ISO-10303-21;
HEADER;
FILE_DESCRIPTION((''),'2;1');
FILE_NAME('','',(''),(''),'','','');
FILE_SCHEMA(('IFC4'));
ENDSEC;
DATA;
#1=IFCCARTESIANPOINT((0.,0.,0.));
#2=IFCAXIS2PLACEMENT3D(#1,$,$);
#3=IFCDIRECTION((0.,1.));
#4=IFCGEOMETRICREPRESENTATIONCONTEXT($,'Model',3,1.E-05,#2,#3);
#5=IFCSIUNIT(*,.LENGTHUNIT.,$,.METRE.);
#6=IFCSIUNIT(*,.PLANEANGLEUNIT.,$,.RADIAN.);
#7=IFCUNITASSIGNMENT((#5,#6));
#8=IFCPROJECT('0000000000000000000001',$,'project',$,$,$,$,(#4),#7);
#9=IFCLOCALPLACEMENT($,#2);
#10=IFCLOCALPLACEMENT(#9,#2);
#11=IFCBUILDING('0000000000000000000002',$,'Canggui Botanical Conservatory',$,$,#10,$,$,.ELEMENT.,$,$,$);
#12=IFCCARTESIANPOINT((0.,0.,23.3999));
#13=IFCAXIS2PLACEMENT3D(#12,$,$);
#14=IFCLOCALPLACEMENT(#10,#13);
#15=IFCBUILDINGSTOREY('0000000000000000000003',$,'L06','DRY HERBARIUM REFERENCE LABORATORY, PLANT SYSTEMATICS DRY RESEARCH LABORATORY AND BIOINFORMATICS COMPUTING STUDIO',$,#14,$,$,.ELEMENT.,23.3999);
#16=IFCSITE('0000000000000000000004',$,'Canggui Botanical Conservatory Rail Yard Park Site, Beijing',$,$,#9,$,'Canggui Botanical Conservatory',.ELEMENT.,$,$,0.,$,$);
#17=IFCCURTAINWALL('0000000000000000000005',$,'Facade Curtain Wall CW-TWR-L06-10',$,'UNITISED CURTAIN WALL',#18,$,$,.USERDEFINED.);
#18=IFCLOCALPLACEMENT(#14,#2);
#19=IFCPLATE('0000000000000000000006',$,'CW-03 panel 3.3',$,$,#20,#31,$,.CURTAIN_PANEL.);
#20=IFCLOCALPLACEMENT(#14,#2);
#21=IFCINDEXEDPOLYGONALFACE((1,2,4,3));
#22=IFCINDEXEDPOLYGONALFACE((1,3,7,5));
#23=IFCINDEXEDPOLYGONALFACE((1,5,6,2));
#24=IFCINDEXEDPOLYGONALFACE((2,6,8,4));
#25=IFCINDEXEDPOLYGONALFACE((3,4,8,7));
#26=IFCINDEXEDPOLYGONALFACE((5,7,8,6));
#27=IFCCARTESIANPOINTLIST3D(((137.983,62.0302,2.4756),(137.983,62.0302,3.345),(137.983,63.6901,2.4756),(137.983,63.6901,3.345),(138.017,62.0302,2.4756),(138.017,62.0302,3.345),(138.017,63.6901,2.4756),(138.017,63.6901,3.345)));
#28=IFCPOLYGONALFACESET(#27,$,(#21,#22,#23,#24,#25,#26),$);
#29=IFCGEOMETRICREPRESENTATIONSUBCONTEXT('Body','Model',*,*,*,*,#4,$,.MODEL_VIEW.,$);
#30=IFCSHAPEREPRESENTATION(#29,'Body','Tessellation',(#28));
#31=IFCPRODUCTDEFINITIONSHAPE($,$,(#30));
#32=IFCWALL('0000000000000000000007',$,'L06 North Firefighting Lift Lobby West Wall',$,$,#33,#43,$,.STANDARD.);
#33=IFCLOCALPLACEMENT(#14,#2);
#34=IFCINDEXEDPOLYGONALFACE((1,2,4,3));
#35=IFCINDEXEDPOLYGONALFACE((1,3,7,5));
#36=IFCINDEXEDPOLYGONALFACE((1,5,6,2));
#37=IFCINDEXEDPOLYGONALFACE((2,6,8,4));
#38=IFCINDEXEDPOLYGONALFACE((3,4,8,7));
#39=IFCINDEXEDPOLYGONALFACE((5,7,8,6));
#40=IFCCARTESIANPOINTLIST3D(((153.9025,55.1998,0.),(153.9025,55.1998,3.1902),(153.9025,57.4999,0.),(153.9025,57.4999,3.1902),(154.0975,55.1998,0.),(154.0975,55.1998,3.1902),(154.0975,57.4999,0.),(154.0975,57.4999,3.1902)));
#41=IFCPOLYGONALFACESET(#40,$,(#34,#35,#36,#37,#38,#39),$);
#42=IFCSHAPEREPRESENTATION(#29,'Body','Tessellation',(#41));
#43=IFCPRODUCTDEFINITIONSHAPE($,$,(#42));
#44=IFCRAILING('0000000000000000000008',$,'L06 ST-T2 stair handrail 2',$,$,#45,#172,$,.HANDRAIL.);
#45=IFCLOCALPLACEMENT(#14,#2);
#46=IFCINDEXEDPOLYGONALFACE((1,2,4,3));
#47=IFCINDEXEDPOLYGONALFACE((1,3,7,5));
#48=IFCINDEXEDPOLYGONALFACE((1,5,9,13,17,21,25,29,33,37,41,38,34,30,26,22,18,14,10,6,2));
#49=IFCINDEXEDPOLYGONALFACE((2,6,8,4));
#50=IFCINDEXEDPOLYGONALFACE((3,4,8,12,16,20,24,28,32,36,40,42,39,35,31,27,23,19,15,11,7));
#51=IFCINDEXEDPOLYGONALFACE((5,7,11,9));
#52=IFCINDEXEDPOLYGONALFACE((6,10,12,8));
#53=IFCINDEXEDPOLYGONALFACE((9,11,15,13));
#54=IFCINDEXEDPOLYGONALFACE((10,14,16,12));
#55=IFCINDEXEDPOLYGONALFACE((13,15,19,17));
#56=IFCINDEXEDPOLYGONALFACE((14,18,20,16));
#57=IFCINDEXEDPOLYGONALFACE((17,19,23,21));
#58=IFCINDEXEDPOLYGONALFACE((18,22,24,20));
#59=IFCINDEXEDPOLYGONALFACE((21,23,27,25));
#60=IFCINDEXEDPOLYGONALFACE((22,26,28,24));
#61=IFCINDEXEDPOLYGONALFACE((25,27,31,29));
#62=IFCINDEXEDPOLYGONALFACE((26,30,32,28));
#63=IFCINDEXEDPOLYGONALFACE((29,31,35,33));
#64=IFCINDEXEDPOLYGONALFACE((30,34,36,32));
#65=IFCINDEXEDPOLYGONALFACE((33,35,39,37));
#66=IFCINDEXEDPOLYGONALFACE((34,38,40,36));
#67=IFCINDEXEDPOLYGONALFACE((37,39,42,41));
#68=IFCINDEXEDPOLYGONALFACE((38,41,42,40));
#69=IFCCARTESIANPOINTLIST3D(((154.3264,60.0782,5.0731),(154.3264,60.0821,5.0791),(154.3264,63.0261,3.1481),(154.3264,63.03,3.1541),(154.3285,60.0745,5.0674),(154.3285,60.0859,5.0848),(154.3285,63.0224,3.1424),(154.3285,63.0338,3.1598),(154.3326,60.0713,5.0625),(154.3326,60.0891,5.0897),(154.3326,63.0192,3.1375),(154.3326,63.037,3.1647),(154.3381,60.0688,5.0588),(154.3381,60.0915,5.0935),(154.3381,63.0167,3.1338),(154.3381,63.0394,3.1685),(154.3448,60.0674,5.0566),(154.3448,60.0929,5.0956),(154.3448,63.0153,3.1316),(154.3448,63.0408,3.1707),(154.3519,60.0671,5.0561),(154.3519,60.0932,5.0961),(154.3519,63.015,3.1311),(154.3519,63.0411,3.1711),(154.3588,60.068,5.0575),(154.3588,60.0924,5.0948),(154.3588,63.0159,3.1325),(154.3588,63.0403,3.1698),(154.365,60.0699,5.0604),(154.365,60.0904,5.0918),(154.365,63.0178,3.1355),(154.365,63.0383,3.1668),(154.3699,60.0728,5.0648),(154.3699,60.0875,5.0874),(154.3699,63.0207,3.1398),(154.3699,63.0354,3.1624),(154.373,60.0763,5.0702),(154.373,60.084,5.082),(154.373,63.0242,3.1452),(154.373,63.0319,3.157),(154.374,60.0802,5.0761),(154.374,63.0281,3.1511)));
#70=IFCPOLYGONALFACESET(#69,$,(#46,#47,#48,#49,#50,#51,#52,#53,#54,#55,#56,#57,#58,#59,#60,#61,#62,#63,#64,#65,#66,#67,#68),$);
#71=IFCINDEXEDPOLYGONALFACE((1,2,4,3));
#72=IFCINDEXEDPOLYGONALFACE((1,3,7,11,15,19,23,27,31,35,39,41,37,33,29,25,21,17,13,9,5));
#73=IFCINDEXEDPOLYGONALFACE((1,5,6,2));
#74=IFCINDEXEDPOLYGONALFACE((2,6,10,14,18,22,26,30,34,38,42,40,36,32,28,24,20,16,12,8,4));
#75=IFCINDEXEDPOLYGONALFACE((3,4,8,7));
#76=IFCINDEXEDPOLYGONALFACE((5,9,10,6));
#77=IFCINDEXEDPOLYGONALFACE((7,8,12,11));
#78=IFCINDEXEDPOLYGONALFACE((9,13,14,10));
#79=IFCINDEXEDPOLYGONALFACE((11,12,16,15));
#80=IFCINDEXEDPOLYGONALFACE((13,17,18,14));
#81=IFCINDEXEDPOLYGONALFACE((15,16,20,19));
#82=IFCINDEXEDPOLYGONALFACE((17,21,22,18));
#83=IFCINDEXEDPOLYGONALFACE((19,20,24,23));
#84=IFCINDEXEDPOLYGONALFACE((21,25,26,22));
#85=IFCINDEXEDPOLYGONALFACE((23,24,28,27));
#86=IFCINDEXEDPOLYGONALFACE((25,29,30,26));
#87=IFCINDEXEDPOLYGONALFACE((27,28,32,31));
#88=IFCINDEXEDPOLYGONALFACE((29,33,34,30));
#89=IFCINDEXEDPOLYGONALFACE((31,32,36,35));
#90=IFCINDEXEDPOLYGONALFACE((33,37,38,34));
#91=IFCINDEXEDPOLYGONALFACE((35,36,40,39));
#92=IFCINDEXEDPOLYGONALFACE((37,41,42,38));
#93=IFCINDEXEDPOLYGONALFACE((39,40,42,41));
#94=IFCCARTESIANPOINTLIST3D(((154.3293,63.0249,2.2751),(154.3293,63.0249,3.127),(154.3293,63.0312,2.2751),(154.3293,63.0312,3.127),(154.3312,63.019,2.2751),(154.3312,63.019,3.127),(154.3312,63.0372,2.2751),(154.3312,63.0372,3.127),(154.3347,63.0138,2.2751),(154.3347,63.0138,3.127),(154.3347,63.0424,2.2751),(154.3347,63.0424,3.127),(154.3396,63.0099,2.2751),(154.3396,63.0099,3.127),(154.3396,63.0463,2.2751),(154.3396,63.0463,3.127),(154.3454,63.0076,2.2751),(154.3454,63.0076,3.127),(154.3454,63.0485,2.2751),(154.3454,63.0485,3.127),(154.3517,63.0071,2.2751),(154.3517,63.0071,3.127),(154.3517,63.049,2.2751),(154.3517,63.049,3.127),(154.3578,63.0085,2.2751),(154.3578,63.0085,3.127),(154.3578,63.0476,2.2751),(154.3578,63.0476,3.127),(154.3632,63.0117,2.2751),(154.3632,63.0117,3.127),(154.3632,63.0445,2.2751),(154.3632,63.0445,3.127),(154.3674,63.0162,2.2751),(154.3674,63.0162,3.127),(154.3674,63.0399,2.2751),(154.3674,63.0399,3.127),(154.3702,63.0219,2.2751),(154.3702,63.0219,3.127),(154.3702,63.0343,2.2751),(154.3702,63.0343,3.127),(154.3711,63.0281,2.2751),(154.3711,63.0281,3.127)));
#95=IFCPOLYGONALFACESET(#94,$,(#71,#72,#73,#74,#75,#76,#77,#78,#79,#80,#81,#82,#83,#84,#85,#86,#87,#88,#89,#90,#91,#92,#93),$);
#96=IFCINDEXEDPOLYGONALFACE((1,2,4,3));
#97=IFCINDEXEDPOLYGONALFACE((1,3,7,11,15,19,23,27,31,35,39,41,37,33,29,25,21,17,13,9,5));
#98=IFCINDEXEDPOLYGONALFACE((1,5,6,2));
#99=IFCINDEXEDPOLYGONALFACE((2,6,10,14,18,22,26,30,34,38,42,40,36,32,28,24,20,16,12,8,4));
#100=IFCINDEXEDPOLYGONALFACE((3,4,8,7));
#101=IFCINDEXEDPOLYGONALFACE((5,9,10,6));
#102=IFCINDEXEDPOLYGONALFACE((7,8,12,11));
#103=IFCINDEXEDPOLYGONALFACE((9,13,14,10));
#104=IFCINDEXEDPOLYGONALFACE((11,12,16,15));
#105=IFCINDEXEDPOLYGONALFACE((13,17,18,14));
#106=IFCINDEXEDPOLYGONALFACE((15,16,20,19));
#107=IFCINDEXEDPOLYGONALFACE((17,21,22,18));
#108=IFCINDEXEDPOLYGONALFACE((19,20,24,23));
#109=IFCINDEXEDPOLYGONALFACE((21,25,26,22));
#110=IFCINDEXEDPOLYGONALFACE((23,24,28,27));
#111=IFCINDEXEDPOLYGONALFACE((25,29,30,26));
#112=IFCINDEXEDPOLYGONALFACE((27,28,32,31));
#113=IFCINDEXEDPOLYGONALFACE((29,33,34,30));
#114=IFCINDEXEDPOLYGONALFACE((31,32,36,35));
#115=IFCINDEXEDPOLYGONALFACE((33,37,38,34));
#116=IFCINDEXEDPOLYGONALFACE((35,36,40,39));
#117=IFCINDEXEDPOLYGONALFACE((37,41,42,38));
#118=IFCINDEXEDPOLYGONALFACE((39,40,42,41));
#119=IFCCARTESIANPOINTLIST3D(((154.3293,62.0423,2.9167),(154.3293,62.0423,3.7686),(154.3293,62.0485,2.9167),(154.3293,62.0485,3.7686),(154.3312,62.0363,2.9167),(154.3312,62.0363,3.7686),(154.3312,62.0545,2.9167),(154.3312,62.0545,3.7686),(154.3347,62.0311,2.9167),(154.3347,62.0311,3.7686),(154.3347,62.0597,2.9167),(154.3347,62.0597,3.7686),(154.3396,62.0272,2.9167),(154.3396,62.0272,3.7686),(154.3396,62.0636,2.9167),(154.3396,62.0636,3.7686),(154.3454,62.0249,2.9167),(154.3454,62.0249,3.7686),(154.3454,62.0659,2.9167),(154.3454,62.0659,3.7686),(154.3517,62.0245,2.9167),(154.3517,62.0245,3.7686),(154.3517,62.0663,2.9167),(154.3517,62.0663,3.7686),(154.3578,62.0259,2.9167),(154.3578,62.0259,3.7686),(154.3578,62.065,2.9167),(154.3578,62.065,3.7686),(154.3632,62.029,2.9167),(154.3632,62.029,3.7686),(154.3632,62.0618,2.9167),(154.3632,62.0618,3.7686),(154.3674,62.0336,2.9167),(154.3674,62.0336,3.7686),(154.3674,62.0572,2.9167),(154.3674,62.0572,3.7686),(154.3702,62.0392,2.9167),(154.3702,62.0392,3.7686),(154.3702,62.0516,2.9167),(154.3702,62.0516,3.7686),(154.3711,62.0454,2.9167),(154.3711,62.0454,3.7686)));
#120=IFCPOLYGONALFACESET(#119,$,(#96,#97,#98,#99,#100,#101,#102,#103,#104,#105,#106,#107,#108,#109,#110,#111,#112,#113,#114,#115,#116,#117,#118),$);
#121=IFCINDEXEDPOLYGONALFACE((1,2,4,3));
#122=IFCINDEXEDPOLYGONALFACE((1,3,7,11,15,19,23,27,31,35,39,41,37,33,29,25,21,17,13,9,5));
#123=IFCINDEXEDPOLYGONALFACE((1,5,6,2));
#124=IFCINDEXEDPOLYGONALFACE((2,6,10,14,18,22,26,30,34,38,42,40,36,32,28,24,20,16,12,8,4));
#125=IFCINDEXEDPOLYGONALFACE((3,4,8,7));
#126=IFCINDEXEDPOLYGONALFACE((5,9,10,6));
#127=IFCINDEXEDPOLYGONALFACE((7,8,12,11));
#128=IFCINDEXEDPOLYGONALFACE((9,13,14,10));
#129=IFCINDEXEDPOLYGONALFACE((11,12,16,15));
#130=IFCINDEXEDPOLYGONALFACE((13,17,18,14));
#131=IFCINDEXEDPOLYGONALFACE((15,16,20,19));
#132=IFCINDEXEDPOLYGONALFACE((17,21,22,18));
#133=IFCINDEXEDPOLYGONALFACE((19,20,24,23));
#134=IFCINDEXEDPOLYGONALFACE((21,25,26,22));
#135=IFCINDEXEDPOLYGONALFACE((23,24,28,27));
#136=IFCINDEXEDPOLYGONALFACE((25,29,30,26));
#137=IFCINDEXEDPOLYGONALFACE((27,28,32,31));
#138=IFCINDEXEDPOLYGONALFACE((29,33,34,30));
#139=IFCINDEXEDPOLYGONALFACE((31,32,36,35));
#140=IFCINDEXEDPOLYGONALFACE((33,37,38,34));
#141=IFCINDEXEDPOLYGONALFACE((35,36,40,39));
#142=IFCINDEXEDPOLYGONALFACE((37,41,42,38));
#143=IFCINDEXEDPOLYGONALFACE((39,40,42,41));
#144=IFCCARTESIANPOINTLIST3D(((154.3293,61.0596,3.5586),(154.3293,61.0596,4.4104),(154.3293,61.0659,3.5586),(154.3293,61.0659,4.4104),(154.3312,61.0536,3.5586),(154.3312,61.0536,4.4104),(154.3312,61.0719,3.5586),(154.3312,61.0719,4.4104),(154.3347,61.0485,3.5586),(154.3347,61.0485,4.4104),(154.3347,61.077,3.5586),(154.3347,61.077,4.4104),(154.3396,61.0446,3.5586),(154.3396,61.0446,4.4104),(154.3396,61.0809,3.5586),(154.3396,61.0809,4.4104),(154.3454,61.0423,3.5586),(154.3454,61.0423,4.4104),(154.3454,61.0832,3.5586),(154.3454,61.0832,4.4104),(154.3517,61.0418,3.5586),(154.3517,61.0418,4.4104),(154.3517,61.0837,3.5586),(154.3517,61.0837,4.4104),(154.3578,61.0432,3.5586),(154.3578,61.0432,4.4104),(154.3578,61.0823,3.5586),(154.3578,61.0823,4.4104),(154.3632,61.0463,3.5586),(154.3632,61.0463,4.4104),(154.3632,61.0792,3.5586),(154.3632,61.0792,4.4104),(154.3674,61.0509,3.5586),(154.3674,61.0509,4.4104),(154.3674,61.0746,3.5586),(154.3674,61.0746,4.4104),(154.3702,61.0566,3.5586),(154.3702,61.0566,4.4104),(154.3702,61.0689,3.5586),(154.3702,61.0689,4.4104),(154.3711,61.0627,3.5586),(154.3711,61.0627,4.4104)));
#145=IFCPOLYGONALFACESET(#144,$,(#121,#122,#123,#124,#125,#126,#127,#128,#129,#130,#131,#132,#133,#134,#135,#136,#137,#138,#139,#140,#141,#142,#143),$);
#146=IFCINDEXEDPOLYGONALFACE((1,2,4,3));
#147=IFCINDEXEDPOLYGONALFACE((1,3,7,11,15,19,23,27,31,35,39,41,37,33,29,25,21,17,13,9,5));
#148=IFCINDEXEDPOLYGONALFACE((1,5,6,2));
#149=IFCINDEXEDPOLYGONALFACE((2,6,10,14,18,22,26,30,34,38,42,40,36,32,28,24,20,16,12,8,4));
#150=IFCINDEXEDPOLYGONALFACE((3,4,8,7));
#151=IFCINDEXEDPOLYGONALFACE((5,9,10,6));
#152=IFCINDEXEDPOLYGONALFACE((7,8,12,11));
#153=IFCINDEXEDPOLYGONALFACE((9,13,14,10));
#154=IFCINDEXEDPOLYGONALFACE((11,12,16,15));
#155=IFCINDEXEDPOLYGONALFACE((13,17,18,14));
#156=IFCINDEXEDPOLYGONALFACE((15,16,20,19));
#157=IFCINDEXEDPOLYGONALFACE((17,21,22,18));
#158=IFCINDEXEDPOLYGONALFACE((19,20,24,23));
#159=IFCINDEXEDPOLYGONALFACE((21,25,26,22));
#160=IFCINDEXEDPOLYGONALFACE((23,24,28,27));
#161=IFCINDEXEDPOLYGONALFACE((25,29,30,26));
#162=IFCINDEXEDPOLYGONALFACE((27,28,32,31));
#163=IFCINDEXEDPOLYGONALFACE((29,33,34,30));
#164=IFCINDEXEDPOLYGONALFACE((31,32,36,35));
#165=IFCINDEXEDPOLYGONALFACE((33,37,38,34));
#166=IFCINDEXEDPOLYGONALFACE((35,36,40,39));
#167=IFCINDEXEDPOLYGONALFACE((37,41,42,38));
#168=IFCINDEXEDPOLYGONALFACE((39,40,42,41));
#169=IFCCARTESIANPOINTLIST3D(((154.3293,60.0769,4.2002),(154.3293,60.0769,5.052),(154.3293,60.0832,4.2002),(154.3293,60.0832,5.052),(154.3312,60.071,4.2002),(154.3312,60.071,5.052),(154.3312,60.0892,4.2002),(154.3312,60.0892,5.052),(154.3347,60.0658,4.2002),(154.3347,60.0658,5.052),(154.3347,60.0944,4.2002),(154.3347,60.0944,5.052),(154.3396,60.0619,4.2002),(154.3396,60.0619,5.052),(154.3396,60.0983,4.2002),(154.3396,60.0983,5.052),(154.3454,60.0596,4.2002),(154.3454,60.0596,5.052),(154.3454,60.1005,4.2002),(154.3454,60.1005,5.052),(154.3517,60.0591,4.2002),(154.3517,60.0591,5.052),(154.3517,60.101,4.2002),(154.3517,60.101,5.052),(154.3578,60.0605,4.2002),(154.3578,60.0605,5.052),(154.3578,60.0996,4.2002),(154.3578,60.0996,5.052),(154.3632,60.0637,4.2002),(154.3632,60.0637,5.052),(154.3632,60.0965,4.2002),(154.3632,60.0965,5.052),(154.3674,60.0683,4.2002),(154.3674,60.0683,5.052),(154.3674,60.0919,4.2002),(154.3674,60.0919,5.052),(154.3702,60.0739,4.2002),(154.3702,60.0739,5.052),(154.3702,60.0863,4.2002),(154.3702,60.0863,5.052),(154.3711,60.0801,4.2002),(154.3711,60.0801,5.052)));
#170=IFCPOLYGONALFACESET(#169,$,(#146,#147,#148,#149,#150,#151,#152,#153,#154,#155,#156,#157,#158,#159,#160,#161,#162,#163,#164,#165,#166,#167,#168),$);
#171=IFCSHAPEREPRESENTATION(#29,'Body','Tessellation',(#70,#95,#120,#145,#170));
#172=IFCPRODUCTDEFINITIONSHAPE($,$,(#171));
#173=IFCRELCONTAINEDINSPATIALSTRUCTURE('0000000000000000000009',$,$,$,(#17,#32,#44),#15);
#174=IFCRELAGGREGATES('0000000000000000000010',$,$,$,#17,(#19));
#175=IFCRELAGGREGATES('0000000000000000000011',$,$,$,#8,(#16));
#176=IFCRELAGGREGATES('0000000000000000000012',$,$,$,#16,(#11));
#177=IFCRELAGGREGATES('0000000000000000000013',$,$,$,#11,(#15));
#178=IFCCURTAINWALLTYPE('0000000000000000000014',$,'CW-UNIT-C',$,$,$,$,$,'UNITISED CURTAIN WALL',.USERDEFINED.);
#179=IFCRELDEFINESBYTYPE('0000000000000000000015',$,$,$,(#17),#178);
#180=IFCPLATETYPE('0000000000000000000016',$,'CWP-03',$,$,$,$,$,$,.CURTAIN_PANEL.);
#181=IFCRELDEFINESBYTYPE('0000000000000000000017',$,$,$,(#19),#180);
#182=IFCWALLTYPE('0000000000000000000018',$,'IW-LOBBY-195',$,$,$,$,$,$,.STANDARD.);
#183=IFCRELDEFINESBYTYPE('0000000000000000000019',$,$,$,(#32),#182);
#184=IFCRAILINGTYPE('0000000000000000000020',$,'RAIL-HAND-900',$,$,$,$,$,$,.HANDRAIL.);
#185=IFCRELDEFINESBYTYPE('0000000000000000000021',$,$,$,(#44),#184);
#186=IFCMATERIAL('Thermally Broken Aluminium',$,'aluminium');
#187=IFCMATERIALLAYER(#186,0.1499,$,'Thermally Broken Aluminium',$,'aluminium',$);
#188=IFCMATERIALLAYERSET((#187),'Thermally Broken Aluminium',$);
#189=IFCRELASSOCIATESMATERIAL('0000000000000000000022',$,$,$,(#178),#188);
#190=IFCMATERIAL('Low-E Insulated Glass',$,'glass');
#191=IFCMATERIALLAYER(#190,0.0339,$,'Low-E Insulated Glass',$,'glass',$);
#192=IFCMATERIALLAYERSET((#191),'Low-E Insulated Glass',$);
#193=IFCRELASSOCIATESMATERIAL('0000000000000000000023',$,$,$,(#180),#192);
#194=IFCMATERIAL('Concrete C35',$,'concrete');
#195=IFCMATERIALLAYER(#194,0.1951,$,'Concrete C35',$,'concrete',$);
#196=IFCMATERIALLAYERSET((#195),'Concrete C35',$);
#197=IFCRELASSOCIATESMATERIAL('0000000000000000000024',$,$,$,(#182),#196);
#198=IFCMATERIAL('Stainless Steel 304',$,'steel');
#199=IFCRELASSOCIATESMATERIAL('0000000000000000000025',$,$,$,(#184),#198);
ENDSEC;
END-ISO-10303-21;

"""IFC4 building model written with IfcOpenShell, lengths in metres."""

from ifc_helpers import new_model, si_unit, direction, frame, frame_2d, origin, origin_2d, place, context, subcontext, project, spatial, rectangle, circle, extrude, material, layer, layer_set, type_object, element, aggregate, save


model = new_model("IFC4")

# Units and contexts
model_context = context("Model", 3, precision=1e-05, world=origin(), true_north=direction((0.0, 1.0)))
body_context = subcontext(model_context, "Body", "Model", "MODEL_VIEW")
ifc_project = project(units=[si_unit("LENGTHUNIT", "METRE"), si_unit("PLANEANGLEUNIT", "RADIAN")], contexts=[model_context])

# Site, building, storey
site_placement = place(None, origin())
site = spatial("IfcSite", under=ifc_project, at=site_placement, Name="Canggui Botanical Conservatory Rail Yard Park Site, Beijing", LongName="Canggui Botanical Conservatory", CompositionType="ELEMENT", RefElevation=0.0)
building_placement = place(site_placement, origin())
building = spatial("IfcBuilding", under=site, at=building_placement, Name="Canggui Botanical Conservatory", CompositionType="ELEMENT")
storey_placement = place(building_placement, frame((0.0, 0.0, 23.3999)))
storey = spatial("IfcBuildingStorey", under=building, at=storey_placement, Name="L06", Description="DRY HERBARIUM REFERENCE LABORATORY, PLANT SYSTEMATICS DRY RESEARCH LABORATORY AND BIOINFORMATICS COMPUTING STUDIO", CompositionType="ELEMENT", Elevation=23.3999)

# Shared definitions
ifc_material_1 = material(Name="Concrete C35", Category="concrete")

# Curtain wall, plate
ifc_material_2 = material(Name="Thermally Broken Aluminium", Category="aluminium")
ifc_layer_1 = layer(ifc_material_2, 0.1499, Name="Thermally Broken Aluminium", Category="aluminium")
ifc_layer_set_1 = layer_set([ifc_layer_1], Name="Thermally Broken Aluminium")
curtain_wall_type = type_object("IfcCurtainWallType", Name="CW-UNIT-C", ElementType="UNITISED CURTAIN WALL", PredefinedType="USERDEFINED", material=ifc_layer_set_1)
curtain_wall_placement = place(storey_placement, origin())
curtain_wall = element("IfcCurtainWall", 1, at=curtain_wall_placement, inside=storey, type_object=curtain_wall_type, Name="Facade Curtain Wall CW-TWR-L06-10", ObjectType="UNITISED CURTAIN WALL", PredefinedType="USERDEFINED")
ifc_material_3 = material(Name="Low-E Insulated Glass", Category="glass")
ifc_layer_2 = layer(ifc_material_3, 0.0339, Name="Low-E Insulated Glass", Category="glass")
ifc_layer_set_2 = layer_set([ifc_layer_2], Name="Low-E Insulated Glass")
plate_type = type_object("IfcPlateType", Name="CWP-03", PredefinedType="CURTAIN_PANEL", material=ifc_layer_set_2)
plate_1_placement = place(storey_placement, frame((138.0, 62.8601, 2.4756), z_axis=(0.0, 0.0, 1.0), x_axis=(0.0, 1.0, 0.0)))
plate_1 = element("IfcPlate", 2, at=plate_1_placement, type_object=plate_type, Name="CW-03 panel 3.3", PredefinedType="CURTAIN_PANEL", context=body_context, shape_type="SweptSolid", body=[
    extrude(rectangle(XDim=1.6599, YDim=0.0339, at=origin_2d()), origin(), (0.0, 0.0, 1.0), 0.8694),
])
aggregate(curtain_wall, [plate_1])

# Wall
ifc_layer_3 = layer(ifc_material_1, 0.1951, Name="Concrete C35", Category="concrete")
ifc_layer_set_3 = layer_set([ifc_layer_3], Name="Concrete C35")
wall_type_1 = type_object("IfcWallType", Name="IW-LOBBY-195", PredefinedType="STANDARD", material=ifc_layer_set_3)
wall_1_placement = place(storey_placement, frame((154.0, 55.2, 0.0), z_axis=(0.0, 0.0, 1.0), x_axis=(0.0, 1.0, 0.0)))
element("IfcWall", 3, at=wall_1_placement, inside=storey, type_object=wall_type_1, Name="L06 North Firefighting Lift Lobby West Wall", PredefinedType="STANDARD", context=body_context, shape_type="SweptSolid", body=[
    extrude(rectangle(XDim=2.3, YDim=0.1951, at=frame_2d((1.1499, 0.0))), origin(), (0.0, 0.0, 1.0), 3.1902),
])

# Shared definitions
ifc_material_4 = material(Name="Stainless Steel 304", Category="steel")

# Railing
railing_type = type_object("IfcRailingType", Name="RAIL-HAND-900", PredefinedType="HANDRAIL", material=ifc_material_4)
railing_placement = place(storey_placement, frame((154.3501, 63.0281, 2.2751)))
element("IfcRailing", 4, at=railing_placement, inside=storey, type_object=railing_type, Name="L06 ST-T2 stair handrail 2", PredefinedType="HANDRAIL", context=body_context, shape_type="SweptSolid", body=[
    extrude(circle(Radius=0.0239, at=origin_2d()), frame((0.0, 0.0, 0.876), z_axis=(0.0, -0.837293, 0.546754), x_axis=(1.0, 0.0, 0.0)), (0.0, 0.0, 1.0), 3.5208),
    extrude(circle(Radius=0.021, at=origin_2d()), origin(), (0.0, 0.0, 1.0), 0.8518),
    extrude(circle(Radius=0.021, at=origin_2d()), frame((0.0, -0.9827, 0.6416)), (0.0, 0.0, 1.0), 0.8518),
    extrude(circle(Radius=0.021, at=origin_2d()), frame((0.0, -1.9653, 1.2834)), (0.0, 0.0, 1.0), 0.8518),
    extrude(circle(Radius=0.021, at=origin_2d()), frame((0.0, -2.948, 1.925)), (0.0, 0.0, 1.0), 0.8518),
])

save(model, "model.ifc")
